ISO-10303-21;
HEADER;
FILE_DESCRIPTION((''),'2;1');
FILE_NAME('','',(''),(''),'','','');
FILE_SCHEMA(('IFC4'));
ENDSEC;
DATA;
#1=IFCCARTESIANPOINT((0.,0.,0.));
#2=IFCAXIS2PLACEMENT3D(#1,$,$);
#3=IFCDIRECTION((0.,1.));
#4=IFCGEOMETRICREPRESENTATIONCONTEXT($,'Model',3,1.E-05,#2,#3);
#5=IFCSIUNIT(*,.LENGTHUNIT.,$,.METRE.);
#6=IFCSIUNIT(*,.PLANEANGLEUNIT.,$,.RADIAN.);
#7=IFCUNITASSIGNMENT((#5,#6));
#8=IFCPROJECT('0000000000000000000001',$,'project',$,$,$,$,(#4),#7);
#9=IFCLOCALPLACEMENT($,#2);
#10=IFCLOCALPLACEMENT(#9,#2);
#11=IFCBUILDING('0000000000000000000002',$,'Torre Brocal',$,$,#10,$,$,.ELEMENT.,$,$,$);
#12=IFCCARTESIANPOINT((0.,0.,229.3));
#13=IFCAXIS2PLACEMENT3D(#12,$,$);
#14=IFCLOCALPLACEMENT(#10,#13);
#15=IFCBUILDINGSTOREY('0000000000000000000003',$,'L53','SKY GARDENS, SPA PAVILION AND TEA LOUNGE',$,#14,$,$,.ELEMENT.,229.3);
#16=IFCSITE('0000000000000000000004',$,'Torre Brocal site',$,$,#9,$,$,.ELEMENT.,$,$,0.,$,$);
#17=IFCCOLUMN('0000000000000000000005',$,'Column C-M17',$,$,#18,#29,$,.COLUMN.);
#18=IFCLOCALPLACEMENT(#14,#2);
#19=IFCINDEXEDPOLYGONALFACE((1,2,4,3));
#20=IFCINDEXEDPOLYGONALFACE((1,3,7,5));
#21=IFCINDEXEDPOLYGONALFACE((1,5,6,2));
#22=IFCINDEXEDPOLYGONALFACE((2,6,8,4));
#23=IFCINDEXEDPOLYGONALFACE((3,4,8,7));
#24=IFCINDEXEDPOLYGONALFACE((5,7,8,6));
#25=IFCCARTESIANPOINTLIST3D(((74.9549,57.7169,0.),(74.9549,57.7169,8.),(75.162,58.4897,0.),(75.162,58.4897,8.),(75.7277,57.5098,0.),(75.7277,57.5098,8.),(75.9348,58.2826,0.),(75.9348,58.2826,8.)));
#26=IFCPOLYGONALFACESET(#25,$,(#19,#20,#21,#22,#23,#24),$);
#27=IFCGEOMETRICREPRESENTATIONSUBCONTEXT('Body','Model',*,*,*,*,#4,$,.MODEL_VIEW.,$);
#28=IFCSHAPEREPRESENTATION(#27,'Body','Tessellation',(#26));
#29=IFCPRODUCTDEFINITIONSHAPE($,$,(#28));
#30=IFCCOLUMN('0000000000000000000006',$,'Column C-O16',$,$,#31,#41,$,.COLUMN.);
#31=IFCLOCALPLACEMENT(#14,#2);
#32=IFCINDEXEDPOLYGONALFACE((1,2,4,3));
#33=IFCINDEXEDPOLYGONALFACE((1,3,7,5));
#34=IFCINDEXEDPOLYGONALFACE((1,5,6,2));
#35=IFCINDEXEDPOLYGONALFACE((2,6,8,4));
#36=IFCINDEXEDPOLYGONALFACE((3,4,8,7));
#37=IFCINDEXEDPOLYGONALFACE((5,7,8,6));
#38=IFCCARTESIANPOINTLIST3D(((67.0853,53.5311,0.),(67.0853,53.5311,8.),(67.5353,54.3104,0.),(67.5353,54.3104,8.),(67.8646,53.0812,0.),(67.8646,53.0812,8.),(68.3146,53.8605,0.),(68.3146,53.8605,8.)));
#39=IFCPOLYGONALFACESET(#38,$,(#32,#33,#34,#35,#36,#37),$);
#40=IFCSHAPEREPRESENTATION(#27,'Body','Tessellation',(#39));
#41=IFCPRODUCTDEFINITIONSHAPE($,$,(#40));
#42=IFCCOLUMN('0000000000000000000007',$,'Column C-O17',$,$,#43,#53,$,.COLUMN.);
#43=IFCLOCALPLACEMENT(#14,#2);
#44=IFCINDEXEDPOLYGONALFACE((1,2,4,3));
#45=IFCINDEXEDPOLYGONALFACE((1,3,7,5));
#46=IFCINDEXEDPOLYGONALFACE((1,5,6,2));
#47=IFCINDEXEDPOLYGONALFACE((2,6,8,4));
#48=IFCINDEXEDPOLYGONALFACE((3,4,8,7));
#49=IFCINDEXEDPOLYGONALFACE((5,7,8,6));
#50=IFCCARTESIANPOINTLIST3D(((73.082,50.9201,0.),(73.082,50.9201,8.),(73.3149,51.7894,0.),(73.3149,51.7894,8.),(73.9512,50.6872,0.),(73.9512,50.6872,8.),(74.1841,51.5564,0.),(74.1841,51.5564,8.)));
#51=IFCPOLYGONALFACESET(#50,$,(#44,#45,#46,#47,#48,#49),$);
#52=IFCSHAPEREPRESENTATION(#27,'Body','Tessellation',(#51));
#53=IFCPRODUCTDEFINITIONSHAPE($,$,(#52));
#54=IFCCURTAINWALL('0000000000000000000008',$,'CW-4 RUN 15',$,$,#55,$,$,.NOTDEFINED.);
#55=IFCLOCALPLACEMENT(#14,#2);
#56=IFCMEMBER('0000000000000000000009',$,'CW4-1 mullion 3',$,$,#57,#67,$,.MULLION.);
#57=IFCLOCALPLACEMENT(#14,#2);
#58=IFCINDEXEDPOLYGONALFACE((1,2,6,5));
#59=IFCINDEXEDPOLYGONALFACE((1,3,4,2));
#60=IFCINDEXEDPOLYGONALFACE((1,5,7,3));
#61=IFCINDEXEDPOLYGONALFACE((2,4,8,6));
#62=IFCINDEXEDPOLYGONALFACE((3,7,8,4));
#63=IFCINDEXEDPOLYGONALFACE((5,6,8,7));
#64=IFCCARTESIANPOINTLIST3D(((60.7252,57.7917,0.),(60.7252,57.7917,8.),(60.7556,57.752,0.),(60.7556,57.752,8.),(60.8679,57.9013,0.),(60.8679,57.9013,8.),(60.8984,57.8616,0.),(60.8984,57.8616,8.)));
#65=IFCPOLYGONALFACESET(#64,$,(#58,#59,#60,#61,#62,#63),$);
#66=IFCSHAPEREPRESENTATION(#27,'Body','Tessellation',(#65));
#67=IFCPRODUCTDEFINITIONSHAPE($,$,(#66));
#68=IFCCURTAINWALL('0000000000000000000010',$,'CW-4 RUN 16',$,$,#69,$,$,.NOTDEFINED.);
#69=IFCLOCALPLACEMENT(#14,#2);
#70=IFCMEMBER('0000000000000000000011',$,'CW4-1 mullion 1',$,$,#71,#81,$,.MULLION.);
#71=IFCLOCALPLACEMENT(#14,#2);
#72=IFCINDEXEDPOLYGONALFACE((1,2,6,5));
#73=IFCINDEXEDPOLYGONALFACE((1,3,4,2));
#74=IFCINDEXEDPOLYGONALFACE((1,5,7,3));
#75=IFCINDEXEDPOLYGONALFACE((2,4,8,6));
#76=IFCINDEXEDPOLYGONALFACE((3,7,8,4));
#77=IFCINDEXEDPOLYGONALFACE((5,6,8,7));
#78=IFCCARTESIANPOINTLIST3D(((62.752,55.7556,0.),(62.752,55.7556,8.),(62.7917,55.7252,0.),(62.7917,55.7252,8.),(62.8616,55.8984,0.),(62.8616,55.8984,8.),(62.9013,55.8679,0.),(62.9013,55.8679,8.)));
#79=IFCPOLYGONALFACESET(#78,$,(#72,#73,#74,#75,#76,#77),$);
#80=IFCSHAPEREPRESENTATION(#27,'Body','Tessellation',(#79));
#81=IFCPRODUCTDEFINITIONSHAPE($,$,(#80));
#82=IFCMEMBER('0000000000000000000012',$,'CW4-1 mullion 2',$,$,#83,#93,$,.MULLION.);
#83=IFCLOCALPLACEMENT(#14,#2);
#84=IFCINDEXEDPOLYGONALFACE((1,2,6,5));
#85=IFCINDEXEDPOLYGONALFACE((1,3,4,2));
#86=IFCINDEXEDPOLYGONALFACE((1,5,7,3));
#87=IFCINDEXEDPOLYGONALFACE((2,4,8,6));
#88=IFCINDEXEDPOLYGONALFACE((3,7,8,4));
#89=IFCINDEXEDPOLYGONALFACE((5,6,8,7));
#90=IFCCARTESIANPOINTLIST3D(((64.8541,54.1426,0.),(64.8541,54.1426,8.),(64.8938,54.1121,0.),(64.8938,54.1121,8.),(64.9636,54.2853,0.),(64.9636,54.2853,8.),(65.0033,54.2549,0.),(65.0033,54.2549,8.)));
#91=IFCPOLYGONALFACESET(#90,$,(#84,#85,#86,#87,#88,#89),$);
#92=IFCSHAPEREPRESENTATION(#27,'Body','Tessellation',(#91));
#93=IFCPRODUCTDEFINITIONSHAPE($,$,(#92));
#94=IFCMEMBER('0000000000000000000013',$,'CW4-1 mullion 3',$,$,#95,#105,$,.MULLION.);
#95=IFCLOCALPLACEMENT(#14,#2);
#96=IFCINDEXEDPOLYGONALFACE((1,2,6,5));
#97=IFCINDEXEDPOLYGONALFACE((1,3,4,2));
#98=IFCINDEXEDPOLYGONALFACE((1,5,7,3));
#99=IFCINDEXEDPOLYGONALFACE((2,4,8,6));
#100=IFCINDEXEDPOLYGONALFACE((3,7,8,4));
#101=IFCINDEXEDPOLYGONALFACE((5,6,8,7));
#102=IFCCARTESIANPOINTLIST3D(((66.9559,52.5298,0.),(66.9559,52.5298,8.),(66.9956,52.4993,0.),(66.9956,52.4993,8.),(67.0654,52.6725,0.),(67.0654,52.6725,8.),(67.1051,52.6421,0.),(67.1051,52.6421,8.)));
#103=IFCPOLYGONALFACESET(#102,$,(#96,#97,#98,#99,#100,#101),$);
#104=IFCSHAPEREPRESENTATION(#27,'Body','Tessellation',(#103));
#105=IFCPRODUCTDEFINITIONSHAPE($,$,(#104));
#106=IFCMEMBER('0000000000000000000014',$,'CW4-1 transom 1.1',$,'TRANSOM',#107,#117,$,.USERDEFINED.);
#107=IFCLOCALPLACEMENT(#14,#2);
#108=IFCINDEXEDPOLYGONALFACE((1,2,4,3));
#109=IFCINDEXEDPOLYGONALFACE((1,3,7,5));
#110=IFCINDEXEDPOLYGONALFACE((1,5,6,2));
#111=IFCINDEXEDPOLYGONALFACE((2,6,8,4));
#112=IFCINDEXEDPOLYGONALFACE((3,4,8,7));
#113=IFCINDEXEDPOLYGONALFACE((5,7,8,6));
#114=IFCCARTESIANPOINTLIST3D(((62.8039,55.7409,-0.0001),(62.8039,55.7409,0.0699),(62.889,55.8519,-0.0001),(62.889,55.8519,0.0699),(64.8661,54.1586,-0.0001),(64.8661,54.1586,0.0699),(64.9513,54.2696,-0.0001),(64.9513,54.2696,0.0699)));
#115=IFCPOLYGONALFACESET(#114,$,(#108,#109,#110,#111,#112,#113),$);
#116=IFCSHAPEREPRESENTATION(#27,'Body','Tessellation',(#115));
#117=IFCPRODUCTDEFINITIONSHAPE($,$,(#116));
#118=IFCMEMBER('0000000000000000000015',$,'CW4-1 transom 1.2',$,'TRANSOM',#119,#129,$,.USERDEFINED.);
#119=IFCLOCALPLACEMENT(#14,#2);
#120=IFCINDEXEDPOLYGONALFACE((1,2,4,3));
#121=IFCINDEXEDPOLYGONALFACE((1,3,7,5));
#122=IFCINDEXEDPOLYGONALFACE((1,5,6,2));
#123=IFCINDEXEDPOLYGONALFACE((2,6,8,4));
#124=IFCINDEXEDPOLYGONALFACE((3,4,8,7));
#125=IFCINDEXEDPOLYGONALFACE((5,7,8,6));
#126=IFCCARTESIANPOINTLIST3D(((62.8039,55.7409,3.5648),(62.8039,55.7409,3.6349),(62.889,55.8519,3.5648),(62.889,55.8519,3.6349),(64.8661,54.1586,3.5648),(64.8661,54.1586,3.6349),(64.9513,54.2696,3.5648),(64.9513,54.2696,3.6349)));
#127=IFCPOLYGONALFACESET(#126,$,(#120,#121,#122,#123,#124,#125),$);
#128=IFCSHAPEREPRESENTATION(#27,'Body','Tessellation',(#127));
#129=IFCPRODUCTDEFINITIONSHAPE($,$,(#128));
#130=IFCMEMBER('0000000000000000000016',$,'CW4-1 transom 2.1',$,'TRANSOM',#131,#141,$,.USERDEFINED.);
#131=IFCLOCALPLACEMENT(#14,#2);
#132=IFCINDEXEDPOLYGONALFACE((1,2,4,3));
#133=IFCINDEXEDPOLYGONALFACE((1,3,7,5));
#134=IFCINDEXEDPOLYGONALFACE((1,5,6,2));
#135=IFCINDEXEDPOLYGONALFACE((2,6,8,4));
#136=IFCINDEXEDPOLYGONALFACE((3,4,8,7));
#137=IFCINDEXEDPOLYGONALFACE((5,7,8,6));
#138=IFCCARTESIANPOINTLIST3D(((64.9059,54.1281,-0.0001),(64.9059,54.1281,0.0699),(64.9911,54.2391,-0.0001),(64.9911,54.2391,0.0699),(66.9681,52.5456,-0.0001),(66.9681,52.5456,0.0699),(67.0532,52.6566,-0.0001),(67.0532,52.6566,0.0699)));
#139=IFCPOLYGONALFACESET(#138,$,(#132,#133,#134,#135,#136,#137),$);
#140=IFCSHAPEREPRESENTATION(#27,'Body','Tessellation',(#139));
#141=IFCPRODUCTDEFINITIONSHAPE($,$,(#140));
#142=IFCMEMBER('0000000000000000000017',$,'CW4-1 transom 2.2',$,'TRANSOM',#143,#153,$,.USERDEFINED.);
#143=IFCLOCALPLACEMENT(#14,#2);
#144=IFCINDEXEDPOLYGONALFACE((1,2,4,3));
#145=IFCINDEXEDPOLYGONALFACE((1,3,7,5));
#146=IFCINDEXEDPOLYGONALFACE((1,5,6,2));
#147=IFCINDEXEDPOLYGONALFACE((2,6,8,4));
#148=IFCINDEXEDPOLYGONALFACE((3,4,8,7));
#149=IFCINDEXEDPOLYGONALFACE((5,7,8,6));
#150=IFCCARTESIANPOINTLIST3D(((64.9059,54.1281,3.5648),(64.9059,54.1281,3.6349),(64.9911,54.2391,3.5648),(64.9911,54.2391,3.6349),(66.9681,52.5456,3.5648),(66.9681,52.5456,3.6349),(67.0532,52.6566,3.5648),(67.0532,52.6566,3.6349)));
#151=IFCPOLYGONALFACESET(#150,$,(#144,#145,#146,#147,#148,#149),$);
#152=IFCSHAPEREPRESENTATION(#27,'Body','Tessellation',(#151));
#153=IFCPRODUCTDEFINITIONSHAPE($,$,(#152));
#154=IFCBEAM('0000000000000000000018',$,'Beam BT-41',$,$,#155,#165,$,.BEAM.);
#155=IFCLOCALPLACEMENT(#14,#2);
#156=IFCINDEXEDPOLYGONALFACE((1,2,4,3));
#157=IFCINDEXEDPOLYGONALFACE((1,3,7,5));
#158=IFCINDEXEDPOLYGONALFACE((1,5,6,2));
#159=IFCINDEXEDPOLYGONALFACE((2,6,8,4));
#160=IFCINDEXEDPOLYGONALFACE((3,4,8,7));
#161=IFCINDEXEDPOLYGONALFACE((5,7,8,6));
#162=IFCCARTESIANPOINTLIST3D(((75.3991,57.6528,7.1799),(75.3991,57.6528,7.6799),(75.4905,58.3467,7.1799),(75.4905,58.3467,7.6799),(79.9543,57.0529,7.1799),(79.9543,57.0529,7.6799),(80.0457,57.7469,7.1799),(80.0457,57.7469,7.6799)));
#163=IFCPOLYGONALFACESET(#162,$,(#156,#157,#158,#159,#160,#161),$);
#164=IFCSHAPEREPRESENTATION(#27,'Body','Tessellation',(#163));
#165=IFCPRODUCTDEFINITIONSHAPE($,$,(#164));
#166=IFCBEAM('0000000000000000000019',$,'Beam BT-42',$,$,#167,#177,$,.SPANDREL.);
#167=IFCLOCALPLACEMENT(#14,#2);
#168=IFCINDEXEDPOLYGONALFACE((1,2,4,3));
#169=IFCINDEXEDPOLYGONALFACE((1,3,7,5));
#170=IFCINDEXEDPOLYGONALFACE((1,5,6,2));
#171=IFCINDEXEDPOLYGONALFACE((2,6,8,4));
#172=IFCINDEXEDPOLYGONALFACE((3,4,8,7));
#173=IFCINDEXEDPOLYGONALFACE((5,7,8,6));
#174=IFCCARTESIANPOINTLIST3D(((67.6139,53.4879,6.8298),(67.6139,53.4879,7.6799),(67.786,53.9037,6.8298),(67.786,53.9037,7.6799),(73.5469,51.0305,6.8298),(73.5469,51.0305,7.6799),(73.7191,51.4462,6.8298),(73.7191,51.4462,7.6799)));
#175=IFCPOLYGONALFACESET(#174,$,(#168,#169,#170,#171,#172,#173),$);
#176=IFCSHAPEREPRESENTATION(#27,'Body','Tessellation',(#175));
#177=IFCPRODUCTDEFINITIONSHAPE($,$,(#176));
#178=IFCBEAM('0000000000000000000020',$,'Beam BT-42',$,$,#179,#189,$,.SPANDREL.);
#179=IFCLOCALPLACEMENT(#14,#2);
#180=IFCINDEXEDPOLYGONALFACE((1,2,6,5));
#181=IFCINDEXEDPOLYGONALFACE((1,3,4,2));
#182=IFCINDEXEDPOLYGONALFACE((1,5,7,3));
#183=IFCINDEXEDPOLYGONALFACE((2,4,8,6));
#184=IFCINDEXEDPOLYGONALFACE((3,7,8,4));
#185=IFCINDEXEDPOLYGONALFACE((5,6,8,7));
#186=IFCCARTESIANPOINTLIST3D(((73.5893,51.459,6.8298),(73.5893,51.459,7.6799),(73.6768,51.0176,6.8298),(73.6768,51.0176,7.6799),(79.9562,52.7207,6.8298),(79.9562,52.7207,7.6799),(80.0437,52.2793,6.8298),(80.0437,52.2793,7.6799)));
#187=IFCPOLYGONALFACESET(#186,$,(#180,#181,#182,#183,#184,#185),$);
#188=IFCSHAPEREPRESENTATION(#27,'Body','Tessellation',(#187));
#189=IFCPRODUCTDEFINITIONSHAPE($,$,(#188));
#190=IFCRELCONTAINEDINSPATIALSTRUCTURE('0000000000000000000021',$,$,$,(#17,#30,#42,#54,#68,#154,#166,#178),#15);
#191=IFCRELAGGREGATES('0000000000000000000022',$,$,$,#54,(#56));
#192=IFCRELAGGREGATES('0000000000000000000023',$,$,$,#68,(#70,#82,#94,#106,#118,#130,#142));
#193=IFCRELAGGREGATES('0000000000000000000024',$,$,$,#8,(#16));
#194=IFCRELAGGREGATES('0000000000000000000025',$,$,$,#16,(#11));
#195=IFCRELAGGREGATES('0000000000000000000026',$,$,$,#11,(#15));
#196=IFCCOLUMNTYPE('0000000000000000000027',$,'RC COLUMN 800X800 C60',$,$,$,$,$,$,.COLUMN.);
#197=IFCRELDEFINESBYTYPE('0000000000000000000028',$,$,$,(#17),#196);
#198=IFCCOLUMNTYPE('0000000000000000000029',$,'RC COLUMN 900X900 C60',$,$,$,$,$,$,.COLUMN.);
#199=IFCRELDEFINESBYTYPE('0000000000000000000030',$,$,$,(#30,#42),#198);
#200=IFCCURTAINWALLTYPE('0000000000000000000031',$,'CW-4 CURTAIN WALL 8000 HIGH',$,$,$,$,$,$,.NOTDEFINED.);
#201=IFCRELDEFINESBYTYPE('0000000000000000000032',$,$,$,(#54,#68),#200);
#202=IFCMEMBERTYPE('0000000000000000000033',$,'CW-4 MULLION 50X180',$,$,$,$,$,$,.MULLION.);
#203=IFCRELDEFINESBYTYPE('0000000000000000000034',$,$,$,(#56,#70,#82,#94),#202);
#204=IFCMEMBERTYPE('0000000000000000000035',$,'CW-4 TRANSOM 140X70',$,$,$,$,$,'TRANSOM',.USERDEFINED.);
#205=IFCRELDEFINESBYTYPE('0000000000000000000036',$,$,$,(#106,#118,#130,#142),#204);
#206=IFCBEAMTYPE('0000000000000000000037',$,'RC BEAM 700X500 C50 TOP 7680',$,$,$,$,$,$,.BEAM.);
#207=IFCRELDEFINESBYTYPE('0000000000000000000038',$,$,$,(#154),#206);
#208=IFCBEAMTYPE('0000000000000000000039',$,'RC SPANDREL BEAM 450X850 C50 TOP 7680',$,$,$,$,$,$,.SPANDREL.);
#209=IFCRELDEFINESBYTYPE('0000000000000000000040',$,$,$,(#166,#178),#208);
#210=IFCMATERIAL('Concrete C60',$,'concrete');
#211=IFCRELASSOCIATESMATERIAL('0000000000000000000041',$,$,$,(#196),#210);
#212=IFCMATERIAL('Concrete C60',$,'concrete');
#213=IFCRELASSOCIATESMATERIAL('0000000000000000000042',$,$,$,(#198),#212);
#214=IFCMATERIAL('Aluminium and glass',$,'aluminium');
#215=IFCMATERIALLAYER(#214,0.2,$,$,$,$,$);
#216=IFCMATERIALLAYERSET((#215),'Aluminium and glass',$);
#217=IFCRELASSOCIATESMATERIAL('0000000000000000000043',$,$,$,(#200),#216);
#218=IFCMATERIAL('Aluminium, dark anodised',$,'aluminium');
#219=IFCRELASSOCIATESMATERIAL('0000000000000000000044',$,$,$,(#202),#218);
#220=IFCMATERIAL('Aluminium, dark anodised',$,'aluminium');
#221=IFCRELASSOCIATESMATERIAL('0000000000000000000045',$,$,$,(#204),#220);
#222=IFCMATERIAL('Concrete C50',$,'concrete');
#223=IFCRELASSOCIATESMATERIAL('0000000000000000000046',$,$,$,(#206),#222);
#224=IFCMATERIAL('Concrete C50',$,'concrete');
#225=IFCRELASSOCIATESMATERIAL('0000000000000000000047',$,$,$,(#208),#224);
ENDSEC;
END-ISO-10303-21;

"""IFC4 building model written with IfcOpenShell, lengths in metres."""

from ifc_helpers import new_model, si_unit, direction, frame, origin, origin_2d, place, context, subcontext, project, spatial, rectangle, extrude, material, layer, layer_set, material_profile, profile_set, type_object, element, aggregate, save


model = new_model("IFC4")

# Units and contexts
model_context = context("Model", 3, precision=1e-05, world=origin(), true_north=direction((0.0, 1.0)))
body_context = subcontext(model_context, "Body", "Model", "MODEL_VIEW")
ifc_project = project(units=[si_unit("LENGTHUNIT", "METRE"), si_unit("PLANEANGLEUNIT", "RADIAN")], contexts=[model_context])

# Site, building, storey
site_placement = place(None, origin())
site = spatial("IfcSite", under=ifc_project, at=site_placement, Name="Torre Brocal site", CompositionType="ELEMENT", RefElevation=0.0)
building_placement = place(site_placement, origin())
building = spatial("IfcBuilding", under=site, at=building_placement, Name="Torre Brocal", CompositionType="ELEMENT")
storey_placement = place(building_placement, frame((0.0, 0.0, 229.3)))
storey = spatial("IfcBuildingStorey", under=building, at=storey_placement, Name="L53", Description="SKY GARDENS, SPA PAVILION AND TEA LOUNGE", CompositionType="ELEMENT", Elevation=229.3)

# Columns
ifc_material_1 = material(Name="Concrete C60", Category="concrete")
ifc_material_profile_1 = material_profile(ifc_material_1, rectangle(XDim=0.8, YDim=0.8, at=origin_2d()), Name="RC 800X800")
ifc_profile_set_1 = profile_set([ifc_material_profile_1], Name="Concrete C60")
column_type_1 = type_object("IfcColumnType", Name="RC COLUMN 800X800 C60", PredefinedType="COLUMN", material=ifc_profile_set_1)
column_placement = place(storey_placement, frame((75.4448, 57.9998, 0.0), z_axis=(0.0, 0.0, 1.0), x_axis=(-0.258819, -0.965926, 0.0)))
element("IfcColumn", 1, at=column_placement, inside=storey, type_object=column_type_1, Name="Column C-M17", PredefinedType="COLUMN", context=body_context, shape_type="SweptSolid", body=[
    extrude(rectangle(XDim=0.8, YDim=0.8, at=origin_2d()), origin(), (0.0, 0.0, 1.0), 8.0),
])
ifc_material_2 = material(Name="Concrete C60", Category="concrete")
ifc_material_profile_2 = material_profile(ifc_material_2, rectangle(XDim=0.8999, YDim=0.8999, at=origin_2d()), Name="RC 900X900")
ifc_profile_set_2 = profile_set([ifc_material_profile_2], Name="Concrete C60")
column_type_2 = type_object("IfcColumnType", Name="RC COLUMN 900X900 C60", PredefinedType="COLUMN", material=ifc_profile_set_2)
for number, where, z_axis, x_axis, name in (
    (2, (67.7, 53.6958, 0.0), (0.0, 0.0, 1.0), (-0.5, -0.866025, 0.0), "Column C-O16"),
    (3, (73.6331, 51.2383, 0.0), (0.0, 0.0, 1.0), (-0.258819, -0.965926, 0.0), "Column C-O17"),
):
    element("IfcColumn", number, at=place(storey_placement, frame(where, z_axis=z_axis, x_axis=x_axis)), inside=storey, type_object=column_type_2, Name=name, PredefinedType="COLUMN", context=body_context, shape_type="SweptSolid", body=[
        extrude(rectangle(XDim=0.8999, YDim=0.8999, at=origin_2d()), origin(), (0.0, 0.0, 1.0), 8.0),
    ])

# Curtain wall, member
ifc_material_3 = material(Name="Aluminium and glass", Category="aluminium")
ifc_layer_1 = layer(ifc_material_3, 0.2)
ifc_layer_set_1 = layer_set([ifc_layer_1], Name="Aluminium and glass")
curtain_wall_type = type_object("IfcCurtainWallType", Name="CW-4 CURTAIN WALL 8000 HIGH", PredefinedType="NOTDEFINED", material=ifc_layer_set_1)
curtain_wall_1_placement = place(storey_placement, origin())
curtain_wall_1 = element("IfcCurtainWall", 4, at=curtain_wall_1_placement, inside=storey, type_object=curtain_wall_type, Name="CW-4 RUN 15", PredefinedType="NOTDEFINED")
ifc_material_4 = material(Name="Aluminium, dark anodised", Category="aluminium")
ifc_material_profile_3 = material_profile(ifc_material_4, rectangle(XDim=0.1799, YDim=0.05, at=origin_2d()), Name="CW-4 MULLION 50X180")
ifc_profile_set_3 = profile_set([ifc_material_profile_3], Name="Aluminium, dark anodised")
member_type_1 = type_object("IfcMemberType", Name="CW-4 MULLION 50X180", PredefinedType="MULLION", material=ifc_profile_set_3)
member_1_placement = place(storey_placement, frame((60.8118, 57.8267, 0.0), z_axis=(0.0, 0.0, 1.0), x_axis=(0.793353, 0.608761, 0.0)))
member_1 = element("IfcMember", 5, at=member_1_placement, type_object=member_type_1, Name="CW4-1 mullion 3", PredefinedType="MULLION", context=body_context, shape_type="SweptSolid", body=[
    extrude(rectangle(XDim=0.1799, YDim=0.05, at=origin_2d()), origin(), (0.0, 0.0, 1.0), 8.0),
])

# Curtain wall, members
curtain_wall_2_placement = place(storey_placement, origin())
curtain_wall_2 = element("IfcCurtainWall", 6, at=curtain_wall_2_placement, inside=storey, type_object=curtain_wall_type, Name="CW-4 RUN 16", PredefinedType="NOTDEFINED")
member_2_placement = place(storey_placement, frame((62.8267, 55.8118, 0.0), z_axis=(0.0, 0.0, 1.0), x_axis=(0.608761, 0.793353, 0.0)))
member_2 = element("IfcMember", 7, at=member_2_placement, type_object=member_type_1, Name="CW4-1 mullion 1", PredefinedType="MULLION", context=body_context, shape_type="SweptSolid", body=[
    extrude(rectangle(XDim=0.1799, YDim=0.05, at=origin_2d()), origin(), (0.0, 0.0, 1.0), 8.0),
])
member_3_placement = place(storey_placement, frame((64.9287, 54.1987, 0.0), z_axis=(0.0, 0.0, 1.0), x_axis=(0.608761, 0.793353, 0.0)))
member_3 = element("IfcMember", 8, at=member_3_placement, type_object=member_type_1, Name="CW4-1 mullion 2", PredefinedType="MULLION", context=body_context, shape_type="SweptSolid", body=[
    extrude(rectangle(XDim=0.1799, YDim=0.05, at=origin_2d()), origin(), (0.0, 0.0, 1.0), 8.0),
])
member_4_placement = place(storey_placement, frame((67.0305, 52.5859, 0.0), z_axis=(0.0, 0.0, 1.0), x_axis=(0.608761, 0.793353, 0.0)))
member_4 = element("IfcMember", 9, at=member_4_placement, type_object=member_type_1, Name="CW4-1 mullion 3", PredefinedType="MULLION", context=body_context, shape_type="SweptSolid", body=[
    extrude(rectangle(XDim=0.1799, YDim=0.05, at=origin_2d()), origin(), (0.0, 0.0, 1.0), 8.0),
])
ifc_material_5 = material(Name="Aluminium, dark anodised", Category="aluminium")
ifc_material_profile_4 = material_profile(ifc_material_5, rectangle(XDim=0.1399, YDim=0.0701, at=origin_2d()), Name="CW-4 TRANSOM 140X70")
ifc_profile_set_4 = profile_set([ifc_material_profile_4], Name="Aluminium, dark anodised")
member_type_2 = type_object("IfcMemberType", Name="CW-4 TRANSOM 140X70", ElementType="TRANSOM", PredefinedType="USERDEFINED", material=ifc_profile_set_4)
member_5_placement = place(storey_placement, frame((62.8464, 55.7964, 0.0349), z_axis=(0.793381, -0.608725, 0.0), x_axis=(0.608725, 0.793381, 0.0)))
member_5 = element("IfcMember", 10, at=member_5_placement, type_object=member_type_2, Name="CW4-1 transom 1.1", ObjectType="TRANSOM", PredefinedType="USERDEFINED", context=body_context, shape_type="SweptSolid", body=[
    extrude(rectangle(XDim=0.1399, YDim=0.0701, at=origin_2d()), origin(), (0.0, 0.0, 1.0), 2.5994),
])
member_6_placement = place(storey_placement, frame((62.8464, 55.7964, 3.5999), z_axis=(0.793381, -0.608725, 0.0), x_axis=(0.608725, 0.793381, 0.0)))
member_6 = element("IfcMember", 11, at=member_6_placement, type_object=member_type_2, Name="CW4-1 transom 1.2", ObjectType="TRANSOM", PredefinedType="USERDEFINED", context=body_context, shape_type="SweptSolid", body=[
    extrude(rectangle(XDim=0.1399, YDim=0.0701, at=origin_2d()), origin(), (0.0, 0.0, 1.0), 2.5994),
])
member_7_placement = place(storey_placement, frame((64.9485, 54.1836, 0.0349), z_axis=(0.793336, -0.608784, 0.0), x_axis=(0.608784, 0.793336, 0.0)))
member_7 = element("IfcMember", 12, at=member_7_placement, type_object=member_type_2, Name="CW4-1 transom 2.1", ObjectType="TRANSOM", PredefinedType="USERDEFINED", context=body_context, shape_type="SweptSolid", body=[
    extrude(rectangle(XDim=0.1399, YDim=0.0701, at=origin_2d()), origin(), (0.0, 0.0, 1.0), 2.5994),
])
member_8_placement = place(storey_placement, frame((64.9485, 54.1836, 3.5999), z_axis=(0.793336, -0.608784, 0.0), x_axis=(0.608784, 0.793336, 0.0)))
member_8 = element("IfcMember", 13, at=member_8_placement, type_object=member_type_2, Name="CW4-1 transom 2.2", ObjectType="TRANSOM", PredefinedType="USERDEFINED", context=body_context, shape_type="SweptSolid", body=[
    extrude(rectangle(XDim=0.1399, YDim=0.0701, at=origin_2d()), origin(), (0.0, 0.0, 1.0), 2.5994),
])

# Beams
ifc_material_6 = material(Name="Concrete C50", Category="concrete")
ifc_material_profile_5 = material_profile(ifc_material_6, rectangle(XDim=0.7, YDim=0.5, at=origin_2d()), Name="RC 700X500")
ifc_profile_set_5 = profile_set([ifc_material_profile_5], Name="Concrete C50")
beam_type_1 = type_object("IfcBeamType", Name="RC BEAM 700X500 C50 TOP 7680", PredefinedType="BEAM", material=ifc_profile_set_5)
beam_1_placement = place(storey_placement, frame((75.4448, 57.9998, 7.4299), z_axis=(0.991441, -0.130559, 0.0), x_axis=(0.130559, 0.991441, 0.0)))
element("IfcBeam", 14, at=beam_1_placement, inside=storey, type_object=beam_type_1, Name="Beam BT-41", PredefinedType="BEAM", context=body_context, shape_type="SweptSolid", body=[
    extrude(rectangle(XDim=0.7, YDim=0.5, at=origin_2d()), origin(), (0.0, 0.0, 1.0), 4.5945),
])
ifc_material_7 = material(Name="Concrete C50", Category="concrete")
ifc_material_profile_6 = material_profile(ifc_material_7, rectangle(XDim=0.45, YDim=0.8501, at=origin_2d()), Name="RC 450X850")
ifc_profile_set_6 = profile_set([ifc_material_profile_6], Name="Concrete C50")
beam_type_2 = type_object("IfcBeamType", Name="RC SPANDREL BEAM 450X850 C50 TOP 7680", PredefinedType="SPANDREL", material=ifc_profile_set_6)
beam_2_placement = place(storey_placement, frame((67.7, 53.6958, 7.2549), z_axis=(0.923882, -0.382676, 0.0), x_axis=(0.382676, 0.923882, 0.0)))
element("IfcBeam", 15, at=beam_2_placement, inside=storey, type_object=beam_type_2, Name="Beam BT-42", PredefinedType="SPANDREL", context=body_context, shape_type="SweptSolid", body=[
    extrude(rectangle(XDim=0.45, YDim=0.8501, at=origin_2d()), origin(), (0.0, 0.0, 1.0), 6.4219),
])
beam_3_placement = place(storey_placement, frame((73.6331, 51.2383, 7.2549), z_axis=(0.980925, 0.194387, 0.0), x_axis=(-0.194387, 0.980925, 0.0)))
element("IfcBeam", 16, at=beam_3_placement, inside=storey, type_object=beam_type_2, Name="Beam BT-42", PredefinedType="SPANDREL", context=body_context, shape_type="SweptSolid", body=[
    extrude(rectangle(XDim=0.45, YDim=0.8501, at=origin_2d()), origin(), (0.0, 0.0, 1.0), 6.4907),
])

aggregate(curtain_wall_1, [member_1])
aggregate(curtain_wall_2, [member_2, member_3, member_4, member_5, member_6, member_7, member_8])

save(model, "model.ifc")
